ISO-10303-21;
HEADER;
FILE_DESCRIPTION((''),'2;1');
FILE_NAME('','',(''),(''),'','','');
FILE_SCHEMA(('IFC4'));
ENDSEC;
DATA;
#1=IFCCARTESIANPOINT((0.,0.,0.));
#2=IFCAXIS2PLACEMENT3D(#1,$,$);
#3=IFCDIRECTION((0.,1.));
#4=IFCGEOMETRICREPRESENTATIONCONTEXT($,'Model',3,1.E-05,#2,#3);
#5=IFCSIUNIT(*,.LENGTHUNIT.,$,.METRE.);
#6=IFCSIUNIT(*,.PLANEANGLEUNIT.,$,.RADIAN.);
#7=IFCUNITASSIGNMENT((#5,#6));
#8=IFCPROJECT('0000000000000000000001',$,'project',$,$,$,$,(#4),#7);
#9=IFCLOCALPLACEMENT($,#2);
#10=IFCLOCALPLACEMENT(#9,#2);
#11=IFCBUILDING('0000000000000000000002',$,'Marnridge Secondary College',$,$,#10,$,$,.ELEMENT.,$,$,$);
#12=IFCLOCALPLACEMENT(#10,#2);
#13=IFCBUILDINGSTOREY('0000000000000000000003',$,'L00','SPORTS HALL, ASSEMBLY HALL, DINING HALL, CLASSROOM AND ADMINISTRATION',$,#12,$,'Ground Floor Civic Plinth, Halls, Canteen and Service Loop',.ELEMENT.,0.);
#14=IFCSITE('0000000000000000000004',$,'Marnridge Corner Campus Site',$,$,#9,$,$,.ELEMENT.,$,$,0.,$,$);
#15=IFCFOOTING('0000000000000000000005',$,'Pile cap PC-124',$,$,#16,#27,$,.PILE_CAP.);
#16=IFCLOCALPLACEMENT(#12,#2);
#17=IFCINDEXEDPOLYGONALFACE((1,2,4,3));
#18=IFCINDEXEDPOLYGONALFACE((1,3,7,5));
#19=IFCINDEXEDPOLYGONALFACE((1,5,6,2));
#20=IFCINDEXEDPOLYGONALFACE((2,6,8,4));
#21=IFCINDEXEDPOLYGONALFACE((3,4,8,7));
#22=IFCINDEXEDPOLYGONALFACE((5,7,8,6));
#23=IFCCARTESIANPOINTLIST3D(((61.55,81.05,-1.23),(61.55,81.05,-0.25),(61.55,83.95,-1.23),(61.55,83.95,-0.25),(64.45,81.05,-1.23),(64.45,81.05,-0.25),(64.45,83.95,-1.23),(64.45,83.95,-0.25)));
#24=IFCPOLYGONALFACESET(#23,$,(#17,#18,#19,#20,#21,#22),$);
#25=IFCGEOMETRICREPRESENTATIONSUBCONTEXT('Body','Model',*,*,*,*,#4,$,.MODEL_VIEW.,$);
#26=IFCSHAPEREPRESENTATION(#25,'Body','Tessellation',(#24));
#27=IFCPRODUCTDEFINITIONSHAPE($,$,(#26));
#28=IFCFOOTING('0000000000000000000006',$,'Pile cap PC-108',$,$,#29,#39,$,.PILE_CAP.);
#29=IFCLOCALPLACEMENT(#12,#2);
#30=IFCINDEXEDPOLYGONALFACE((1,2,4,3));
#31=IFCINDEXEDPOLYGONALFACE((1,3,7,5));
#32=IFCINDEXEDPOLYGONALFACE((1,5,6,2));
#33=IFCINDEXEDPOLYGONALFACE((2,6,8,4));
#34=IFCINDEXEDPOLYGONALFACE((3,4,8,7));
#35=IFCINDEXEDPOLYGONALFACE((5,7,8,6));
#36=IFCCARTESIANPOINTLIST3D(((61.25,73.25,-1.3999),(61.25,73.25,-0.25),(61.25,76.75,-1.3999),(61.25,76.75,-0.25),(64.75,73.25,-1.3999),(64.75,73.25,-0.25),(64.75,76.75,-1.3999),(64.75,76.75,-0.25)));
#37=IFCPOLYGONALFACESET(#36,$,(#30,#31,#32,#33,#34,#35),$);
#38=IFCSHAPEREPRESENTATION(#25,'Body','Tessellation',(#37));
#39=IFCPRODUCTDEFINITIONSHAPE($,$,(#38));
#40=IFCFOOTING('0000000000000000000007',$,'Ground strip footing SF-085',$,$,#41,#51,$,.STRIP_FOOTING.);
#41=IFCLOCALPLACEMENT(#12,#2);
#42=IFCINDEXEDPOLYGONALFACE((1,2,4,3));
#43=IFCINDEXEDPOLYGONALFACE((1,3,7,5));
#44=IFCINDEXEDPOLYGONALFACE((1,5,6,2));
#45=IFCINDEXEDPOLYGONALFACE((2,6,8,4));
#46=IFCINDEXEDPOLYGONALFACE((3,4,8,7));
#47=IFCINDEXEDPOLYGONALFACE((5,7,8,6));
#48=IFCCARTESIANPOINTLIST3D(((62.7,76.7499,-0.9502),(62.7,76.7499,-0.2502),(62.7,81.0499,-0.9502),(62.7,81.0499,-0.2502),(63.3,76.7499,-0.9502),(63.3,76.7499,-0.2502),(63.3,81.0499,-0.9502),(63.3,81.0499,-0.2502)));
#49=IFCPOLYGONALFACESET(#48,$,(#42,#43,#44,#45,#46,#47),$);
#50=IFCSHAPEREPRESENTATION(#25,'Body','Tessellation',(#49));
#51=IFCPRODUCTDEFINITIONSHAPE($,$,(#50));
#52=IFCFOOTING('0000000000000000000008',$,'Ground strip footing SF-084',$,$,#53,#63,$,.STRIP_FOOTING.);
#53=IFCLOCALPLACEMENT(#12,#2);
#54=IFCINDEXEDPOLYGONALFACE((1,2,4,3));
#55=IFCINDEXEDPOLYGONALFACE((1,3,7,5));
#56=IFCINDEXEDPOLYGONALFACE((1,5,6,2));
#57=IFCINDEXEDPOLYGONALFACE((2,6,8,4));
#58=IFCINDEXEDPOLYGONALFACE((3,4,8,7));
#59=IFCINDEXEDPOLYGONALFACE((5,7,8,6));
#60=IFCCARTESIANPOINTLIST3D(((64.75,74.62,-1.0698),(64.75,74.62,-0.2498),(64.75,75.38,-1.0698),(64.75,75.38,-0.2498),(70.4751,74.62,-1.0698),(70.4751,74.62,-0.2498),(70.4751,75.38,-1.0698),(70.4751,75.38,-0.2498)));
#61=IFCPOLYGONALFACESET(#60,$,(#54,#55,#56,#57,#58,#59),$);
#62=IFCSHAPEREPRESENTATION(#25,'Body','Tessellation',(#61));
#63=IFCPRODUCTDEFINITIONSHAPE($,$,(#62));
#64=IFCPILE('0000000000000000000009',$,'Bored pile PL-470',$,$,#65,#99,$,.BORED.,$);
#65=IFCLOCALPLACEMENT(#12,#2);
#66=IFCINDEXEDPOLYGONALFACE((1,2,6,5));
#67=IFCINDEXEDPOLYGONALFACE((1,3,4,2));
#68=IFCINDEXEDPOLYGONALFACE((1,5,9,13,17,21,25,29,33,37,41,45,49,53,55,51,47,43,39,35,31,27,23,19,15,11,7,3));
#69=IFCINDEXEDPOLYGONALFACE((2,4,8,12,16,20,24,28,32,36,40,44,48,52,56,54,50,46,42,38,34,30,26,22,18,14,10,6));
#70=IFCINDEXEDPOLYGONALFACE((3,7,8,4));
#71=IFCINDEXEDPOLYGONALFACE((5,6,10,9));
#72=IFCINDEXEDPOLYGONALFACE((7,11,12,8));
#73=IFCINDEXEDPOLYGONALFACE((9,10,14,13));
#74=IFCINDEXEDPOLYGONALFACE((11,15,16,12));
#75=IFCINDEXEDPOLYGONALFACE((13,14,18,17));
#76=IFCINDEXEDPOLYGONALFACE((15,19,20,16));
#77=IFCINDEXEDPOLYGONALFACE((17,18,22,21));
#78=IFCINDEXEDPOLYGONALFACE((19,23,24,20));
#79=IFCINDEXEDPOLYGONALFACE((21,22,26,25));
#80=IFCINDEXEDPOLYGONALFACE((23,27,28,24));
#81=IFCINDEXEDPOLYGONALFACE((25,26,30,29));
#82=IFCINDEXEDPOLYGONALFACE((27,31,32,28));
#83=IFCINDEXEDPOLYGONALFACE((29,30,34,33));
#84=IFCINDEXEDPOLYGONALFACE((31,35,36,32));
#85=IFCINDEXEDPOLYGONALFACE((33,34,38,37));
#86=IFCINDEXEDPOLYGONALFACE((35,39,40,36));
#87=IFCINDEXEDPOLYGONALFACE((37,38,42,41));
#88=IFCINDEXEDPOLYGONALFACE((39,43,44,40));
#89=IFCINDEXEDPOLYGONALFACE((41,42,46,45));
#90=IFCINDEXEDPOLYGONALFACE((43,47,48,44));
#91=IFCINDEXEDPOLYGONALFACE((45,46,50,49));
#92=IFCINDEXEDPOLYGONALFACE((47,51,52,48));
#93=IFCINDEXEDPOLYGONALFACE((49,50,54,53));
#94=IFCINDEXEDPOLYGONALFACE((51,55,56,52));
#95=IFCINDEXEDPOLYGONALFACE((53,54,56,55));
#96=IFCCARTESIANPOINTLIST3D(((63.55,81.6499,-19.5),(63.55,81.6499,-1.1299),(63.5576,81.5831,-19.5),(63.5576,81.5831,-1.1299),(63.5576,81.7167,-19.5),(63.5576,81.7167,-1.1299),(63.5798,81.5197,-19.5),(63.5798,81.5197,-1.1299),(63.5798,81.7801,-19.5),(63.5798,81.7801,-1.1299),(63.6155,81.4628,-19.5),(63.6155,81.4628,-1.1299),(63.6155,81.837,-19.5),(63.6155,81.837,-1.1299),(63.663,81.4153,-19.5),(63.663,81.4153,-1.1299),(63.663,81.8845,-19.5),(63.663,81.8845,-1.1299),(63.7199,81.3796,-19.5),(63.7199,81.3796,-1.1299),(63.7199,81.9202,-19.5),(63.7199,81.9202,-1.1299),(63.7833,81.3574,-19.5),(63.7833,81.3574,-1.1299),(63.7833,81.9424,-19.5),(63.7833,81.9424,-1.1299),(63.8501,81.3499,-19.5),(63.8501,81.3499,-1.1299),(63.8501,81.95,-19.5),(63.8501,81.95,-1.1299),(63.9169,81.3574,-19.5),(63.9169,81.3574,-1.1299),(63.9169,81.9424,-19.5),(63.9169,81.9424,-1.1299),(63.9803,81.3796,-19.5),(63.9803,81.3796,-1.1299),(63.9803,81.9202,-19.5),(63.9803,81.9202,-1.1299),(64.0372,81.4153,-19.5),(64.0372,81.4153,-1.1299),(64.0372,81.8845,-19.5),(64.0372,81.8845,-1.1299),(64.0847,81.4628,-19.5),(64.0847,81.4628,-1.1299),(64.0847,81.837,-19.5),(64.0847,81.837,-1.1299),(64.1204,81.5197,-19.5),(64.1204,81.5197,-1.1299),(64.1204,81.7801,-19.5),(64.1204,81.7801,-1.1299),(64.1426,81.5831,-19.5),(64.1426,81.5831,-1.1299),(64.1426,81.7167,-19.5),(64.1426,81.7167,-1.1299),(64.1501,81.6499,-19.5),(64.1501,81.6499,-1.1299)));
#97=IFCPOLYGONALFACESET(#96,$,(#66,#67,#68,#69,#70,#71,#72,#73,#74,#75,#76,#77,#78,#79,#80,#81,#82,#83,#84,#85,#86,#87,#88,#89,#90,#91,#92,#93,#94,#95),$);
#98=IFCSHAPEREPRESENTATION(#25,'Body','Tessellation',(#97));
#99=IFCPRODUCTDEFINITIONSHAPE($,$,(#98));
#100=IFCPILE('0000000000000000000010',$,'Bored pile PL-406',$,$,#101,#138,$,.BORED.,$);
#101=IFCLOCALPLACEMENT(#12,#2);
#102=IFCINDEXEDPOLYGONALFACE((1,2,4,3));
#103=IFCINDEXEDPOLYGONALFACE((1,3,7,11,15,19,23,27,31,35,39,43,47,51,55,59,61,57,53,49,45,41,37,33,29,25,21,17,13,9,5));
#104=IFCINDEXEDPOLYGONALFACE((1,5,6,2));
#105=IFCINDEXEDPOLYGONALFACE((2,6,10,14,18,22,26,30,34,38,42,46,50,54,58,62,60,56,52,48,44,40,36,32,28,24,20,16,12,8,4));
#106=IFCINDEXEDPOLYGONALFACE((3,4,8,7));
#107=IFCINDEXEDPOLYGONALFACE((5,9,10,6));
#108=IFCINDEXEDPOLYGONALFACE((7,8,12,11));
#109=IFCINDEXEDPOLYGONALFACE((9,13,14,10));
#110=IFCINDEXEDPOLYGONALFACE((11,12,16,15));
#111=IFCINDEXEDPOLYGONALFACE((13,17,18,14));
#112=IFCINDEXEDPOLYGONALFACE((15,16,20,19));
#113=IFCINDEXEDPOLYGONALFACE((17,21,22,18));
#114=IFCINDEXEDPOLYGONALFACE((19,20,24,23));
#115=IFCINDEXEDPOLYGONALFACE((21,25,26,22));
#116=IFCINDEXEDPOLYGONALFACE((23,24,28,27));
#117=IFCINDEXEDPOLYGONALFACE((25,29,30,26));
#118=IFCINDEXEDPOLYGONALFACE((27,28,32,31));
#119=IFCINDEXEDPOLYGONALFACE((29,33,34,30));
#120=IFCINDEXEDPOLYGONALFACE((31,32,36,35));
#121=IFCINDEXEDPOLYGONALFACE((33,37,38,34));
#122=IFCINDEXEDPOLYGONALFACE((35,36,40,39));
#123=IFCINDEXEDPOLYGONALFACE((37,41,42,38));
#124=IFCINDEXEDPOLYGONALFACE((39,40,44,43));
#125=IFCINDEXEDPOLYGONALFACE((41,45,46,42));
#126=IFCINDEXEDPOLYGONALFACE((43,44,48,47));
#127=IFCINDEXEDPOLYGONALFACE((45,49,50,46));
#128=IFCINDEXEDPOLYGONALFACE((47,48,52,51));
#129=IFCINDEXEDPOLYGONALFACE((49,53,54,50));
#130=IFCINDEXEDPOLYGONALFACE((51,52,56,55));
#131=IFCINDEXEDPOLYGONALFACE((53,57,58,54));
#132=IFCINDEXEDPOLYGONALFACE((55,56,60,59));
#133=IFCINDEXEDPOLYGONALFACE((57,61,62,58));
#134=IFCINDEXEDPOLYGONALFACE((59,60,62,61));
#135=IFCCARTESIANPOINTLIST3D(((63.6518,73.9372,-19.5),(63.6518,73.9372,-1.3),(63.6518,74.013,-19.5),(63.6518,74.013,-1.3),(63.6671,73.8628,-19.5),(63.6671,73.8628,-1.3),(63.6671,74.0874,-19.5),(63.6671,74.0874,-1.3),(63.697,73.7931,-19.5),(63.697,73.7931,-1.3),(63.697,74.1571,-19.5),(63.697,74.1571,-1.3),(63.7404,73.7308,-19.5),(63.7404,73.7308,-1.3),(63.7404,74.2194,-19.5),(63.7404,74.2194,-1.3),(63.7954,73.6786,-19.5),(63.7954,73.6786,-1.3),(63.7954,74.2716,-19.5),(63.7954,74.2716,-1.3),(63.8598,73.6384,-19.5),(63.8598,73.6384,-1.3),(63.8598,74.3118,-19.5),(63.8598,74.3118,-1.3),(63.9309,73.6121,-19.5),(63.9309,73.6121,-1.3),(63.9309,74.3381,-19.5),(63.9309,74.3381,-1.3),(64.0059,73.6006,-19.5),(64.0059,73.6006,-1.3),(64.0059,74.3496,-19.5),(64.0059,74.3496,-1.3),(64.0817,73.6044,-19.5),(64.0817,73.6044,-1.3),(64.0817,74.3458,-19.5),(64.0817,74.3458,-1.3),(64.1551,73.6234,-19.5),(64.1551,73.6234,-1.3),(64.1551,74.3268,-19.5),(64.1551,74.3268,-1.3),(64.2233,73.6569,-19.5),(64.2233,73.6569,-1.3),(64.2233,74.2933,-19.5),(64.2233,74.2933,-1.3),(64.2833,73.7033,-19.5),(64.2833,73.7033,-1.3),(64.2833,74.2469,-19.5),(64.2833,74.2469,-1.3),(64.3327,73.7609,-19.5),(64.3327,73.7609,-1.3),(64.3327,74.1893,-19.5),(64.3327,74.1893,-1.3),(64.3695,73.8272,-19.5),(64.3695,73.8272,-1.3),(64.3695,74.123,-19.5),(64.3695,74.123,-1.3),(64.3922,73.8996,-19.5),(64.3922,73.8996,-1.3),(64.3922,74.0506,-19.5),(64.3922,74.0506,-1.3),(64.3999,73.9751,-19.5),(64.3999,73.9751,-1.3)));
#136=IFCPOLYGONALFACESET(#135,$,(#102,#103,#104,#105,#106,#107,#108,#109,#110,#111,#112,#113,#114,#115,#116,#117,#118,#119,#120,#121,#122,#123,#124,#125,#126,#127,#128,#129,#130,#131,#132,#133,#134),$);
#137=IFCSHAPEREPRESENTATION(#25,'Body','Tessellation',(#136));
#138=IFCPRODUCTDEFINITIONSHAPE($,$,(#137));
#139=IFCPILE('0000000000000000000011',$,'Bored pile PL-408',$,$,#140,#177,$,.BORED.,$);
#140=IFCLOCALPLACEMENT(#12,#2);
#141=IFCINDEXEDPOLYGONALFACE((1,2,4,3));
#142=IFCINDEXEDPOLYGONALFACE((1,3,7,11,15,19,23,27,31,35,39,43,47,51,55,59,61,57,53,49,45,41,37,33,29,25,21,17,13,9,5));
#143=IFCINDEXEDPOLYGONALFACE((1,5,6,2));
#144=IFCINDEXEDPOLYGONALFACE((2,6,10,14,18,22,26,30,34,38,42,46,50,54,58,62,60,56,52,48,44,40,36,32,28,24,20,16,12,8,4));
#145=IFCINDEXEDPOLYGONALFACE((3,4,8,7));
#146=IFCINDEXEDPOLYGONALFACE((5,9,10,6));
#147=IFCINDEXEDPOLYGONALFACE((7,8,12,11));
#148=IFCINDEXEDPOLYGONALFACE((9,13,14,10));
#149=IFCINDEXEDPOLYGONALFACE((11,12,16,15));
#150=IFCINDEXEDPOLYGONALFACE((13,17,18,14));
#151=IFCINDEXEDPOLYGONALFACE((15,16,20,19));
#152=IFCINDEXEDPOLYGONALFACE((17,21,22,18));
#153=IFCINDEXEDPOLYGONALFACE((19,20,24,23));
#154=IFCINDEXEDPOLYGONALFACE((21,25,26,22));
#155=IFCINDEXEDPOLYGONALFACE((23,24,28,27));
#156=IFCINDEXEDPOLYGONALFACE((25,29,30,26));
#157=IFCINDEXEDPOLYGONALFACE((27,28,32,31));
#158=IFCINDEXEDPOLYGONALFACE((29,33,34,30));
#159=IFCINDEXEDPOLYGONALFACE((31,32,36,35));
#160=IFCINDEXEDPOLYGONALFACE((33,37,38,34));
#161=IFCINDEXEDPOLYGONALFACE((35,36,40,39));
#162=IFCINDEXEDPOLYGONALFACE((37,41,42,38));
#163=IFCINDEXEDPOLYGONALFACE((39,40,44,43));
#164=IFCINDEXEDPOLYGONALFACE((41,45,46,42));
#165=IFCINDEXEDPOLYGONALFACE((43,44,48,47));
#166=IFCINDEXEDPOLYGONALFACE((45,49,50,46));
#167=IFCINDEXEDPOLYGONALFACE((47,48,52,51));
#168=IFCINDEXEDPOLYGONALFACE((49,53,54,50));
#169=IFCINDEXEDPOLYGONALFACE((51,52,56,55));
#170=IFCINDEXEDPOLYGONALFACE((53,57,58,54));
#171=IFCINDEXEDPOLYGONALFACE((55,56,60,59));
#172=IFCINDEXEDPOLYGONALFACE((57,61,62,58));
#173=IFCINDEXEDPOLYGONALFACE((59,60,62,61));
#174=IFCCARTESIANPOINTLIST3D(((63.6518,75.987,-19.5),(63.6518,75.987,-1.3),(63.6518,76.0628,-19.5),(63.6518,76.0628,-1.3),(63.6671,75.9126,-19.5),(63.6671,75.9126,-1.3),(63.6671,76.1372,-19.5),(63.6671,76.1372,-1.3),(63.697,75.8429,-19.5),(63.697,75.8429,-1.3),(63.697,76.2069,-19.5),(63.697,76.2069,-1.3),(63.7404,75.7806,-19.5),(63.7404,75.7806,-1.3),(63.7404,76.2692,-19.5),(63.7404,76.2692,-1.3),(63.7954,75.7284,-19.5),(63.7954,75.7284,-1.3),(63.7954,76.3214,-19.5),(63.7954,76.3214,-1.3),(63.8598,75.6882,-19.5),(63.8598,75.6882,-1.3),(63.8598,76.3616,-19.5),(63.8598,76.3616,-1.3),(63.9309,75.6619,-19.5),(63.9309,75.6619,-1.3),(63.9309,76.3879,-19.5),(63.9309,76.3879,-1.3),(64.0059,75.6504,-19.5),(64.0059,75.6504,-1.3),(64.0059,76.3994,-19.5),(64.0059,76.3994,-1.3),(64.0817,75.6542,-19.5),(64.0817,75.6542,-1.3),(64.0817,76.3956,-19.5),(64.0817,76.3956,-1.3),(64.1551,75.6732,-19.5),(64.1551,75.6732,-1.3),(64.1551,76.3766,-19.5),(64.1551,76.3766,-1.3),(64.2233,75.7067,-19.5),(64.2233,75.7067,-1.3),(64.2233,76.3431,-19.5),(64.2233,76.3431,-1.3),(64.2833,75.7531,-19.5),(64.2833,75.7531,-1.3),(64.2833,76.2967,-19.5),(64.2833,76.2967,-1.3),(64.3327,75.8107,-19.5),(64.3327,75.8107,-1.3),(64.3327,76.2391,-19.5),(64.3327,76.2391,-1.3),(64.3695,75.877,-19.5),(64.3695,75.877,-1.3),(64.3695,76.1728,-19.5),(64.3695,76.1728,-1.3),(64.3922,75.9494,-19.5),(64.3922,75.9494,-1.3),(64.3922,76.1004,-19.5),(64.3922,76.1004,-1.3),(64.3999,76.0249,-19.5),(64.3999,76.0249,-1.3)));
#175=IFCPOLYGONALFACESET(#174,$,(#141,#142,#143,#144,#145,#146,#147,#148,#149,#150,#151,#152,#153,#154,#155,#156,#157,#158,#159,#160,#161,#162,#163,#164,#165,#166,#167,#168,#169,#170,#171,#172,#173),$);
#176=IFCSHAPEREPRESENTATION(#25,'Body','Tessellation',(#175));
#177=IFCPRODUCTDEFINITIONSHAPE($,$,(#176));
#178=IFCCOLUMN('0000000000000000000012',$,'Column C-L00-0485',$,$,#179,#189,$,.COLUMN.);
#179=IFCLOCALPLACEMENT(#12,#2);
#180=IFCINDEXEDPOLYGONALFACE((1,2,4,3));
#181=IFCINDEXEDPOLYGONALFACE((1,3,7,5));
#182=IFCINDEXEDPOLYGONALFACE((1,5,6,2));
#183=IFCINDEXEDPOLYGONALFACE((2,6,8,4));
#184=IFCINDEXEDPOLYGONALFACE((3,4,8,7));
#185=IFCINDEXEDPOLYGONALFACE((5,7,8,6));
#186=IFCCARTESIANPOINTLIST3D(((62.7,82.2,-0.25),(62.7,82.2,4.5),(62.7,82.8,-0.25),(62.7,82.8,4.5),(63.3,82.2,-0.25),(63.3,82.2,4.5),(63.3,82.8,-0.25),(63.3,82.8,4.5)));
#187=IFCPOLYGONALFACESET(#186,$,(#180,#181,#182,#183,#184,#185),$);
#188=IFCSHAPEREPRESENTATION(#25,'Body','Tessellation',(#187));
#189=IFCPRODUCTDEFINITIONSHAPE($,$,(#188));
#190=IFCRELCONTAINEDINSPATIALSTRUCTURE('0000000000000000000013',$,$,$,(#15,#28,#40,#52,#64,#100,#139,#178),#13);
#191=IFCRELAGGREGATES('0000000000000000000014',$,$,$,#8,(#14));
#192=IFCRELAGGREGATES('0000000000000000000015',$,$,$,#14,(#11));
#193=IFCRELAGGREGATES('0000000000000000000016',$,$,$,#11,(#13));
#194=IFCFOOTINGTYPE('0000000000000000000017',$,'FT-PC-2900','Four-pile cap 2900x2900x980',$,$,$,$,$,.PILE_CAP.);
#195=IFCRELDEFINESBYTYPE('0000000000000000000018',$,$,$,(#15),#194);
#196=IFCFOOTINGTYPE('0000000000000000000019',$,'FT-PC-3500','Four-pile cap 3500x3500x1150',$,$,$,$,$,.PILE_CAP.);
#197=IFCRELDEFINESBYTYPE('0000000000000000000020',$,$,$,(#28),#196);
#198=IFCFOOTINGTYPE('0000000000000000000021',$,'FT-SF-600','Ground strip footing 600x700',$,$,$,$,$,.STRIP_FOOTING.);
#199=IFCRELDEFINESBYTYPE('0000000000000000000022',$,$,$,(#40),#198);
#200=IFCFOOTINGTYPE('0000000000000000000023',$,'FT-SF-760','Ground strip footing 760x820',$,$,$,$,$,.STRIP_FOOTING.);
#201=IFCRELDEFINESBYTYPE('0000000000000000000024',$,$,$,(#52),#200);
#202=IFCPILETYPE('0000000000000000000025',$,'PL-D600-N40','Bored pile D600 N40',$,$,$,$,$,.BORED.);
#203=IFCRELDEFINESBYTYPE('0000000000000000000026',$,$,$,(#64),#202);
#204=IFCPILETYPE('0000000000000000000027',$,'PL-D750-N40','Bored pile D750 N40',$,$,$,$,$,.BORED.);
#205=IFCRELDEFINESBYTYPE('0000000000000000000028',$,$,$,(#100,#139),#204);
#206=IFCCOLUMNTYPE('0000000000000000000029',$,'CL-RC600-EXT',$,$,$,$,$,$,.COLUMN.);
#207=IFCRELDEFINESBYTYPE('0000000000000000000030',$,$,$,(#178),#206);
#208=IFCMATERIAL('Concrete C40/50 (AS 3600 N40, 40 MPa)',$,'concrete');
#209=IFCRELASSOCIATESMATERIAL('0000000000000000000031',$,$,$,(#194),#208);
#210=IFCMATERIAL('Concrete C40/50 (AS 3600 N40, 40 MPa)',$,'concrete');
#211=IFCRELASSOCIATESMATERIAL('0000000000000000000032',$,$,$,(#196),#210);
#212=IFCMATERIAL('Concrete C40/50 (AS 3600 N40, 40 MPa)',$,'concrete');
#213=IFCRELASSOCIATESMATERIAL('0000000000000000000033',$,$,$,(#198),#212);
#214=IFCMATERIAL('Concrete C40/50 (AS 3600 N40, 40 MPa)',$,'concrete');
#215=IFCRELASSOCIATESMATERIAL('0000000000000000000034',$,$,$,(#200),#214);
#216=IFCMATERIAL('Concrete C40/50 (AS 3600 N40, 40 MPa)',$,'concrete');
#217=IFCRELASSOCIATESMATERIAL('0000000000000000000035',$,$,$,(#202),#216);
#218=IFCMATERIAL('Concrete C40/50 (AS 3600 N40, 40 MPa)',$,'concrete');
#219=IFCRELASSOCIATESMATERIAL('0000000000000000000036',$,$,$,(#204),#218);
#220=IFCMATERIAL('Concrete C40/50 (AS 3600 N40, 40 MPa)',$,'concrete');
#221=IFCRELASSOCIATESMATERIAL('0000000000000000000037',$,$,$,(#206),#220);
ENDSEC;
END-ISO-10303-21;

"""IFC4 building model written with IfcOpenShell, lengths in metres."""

from ifc_helpers import new_model, si_unit, direction, frame, origin, origin_2d, place, context, subcontext, project, spatial, rectangle, circle, extrude, material, material_profile, profile_set, type_object, element, save


model = new_model("IFC4")

# Units and contexts
model_context = context("Model", 3, precision=1e-05, world=origin(), true_north=direction((0.0, 1.0)))
body_context = subcontext(model_context, "Body", "Model", "MODEL_VIEW")
ifc_project = project(units=[si_unit("LENGTHUNIT", "METRE"), si_unit("PLANEANGLEUNIT", "RADIAN")], contexts=[model_context])

# Site, building, storey
site_placement = place(None, origin())
site = spatial("IfcSite", under=ifc_project, at=site_placement, Name="Marnridge Corner Campus Site", CompositionType="ELEMENT", RefElevation=0.0)
building_placement = place(site_placement, origin())
building = spatial("IfcBuilding", under=site, at=building_placement, Name="Marnridge Secondary College", CompositionType="ELEMENT")
storey_placement = place(building_placement, origin())
storey = spatial("IfcBuildingStorey", under=building, at=storey_placement, Name="L00", Description="SPORTS HALL, ASSEMBLY HALL, DINING HALL, CLASSROOM AND ADMINISTRATION", LongName="Ground Floor Civic Plinth, Halls, Canteen and Service Loop", CompositionType="ELEMENT", Elevation=0.0)

# Footings
ifc_material_1 = material(Name="Concrete C40/50 (AS 3600 N40, 40 MPa)", Category="concrete")
footing_type_1 = type_object("IfcFootingType", Name="FT-PC-2900", Description="Four-pile cap 2900x2900x980", PredefinedType="PILE_CAP", material=ifc_material_1)
footing_1_placement = place(storey_placement, frame((63.0, 82.5, -1.23), z_axis=(0.0, 0.0, 1.0), x_axis=(1.0, 0.0, 0.0)))
element("IfcFooting", 1, at=footing_1_placement, inside=storey, type_object=footing_type_1, Name="Pile cap PC-124", PredefinedType="PILE_CAP", context=body_context, shape_type="SweptSolid", body=[
    extrude(rectangle(XDim=2.8999, YDim=2.8999, at=origin_2d()), origin(), (0.0, 0.0, 1.0), 0.98),
])
ifc_material_2 = material(Name="Concrete C40/50 (AS 3600 N40, 40 MPa)", Category="concrete")
footing_type_2 = type_object("IfcFootingType", Name="FT-PC-3500", Description="Four-pile cap 3500x3500x1150", PredefinedType="PILE_CAP", material=ifc_material_2)
footing_2_placement = place(storey_placement, frame((63.0, 75.0, -1.3999), z_axis=(0.0, 0.0, 1.0), x_axis=(1.0, 0.0, 0.0)))
element("IfcFooting", 2, at=footing_2_placement, inside=storey, type_object=footing_type_2, Name="Pile cap PC-108", PredefinedType="PILE_CAP", context=body_context, shape_type="SweptSolid", body=[
    extrude(rectangle(XDim=3.5, YDim=3.5, at=origin_2d()), origin(), (0.0, 0.0, 1.0), 1.1499),
])
ifc_material_3 = material(Name="Concrete C40/50 (AS 3600 N40, 40 MPa)", Category="concrete")
footing_type_3 = type_object("IfcFootingType", Name="FT-SF-600", Description="Ground strip footing 600x700", PredefinedType="STRIP_FOOTING", material=ifc_material_3)
footing_3_placement = place(storey_placement, frame((63.0, 78.8999, -0.9502), z_axis=(0.0, 0.0, 1.0), x_axis=(1.0, 0.0, 0.0)))
element("IfcFooting", 3, at=footing_3_placement, inside=storey, type_object=footing_type_3, Name="Ground strip footing SF-085", PredefinedType="STRIP_FOOTING", context=body_context, shape_type="SweptSolid", body=[
    extrude(rectangle(XDim=0.6001, YDim=4.3, at=origin_2d()), origin(), (0.0, 0.0, 1.0), 0.7),
])
ifc_material_4 = material(Name="Concrete C40/50 (AS 3600 N40, 40 MPa)", Category="concrete")
footing_type_4 = type_object("IfcFootingType", Name="FT-SF-760", Description="Ground strip footing 760x820", PredefinedType="STRIP_FOOTING", material=ifc_material_4)
footing_4_placement = place(storey_placement, frame((67.6125, 75.0, -1.0698), z_axis=(0.0, 0.0, 1.0), x_axis=(1.0, 0.0, 0.0)))
element("IfcFooting", 4, at=footing_4_placement, inside=storey, type_object=footing_type_4, Name="Ground strip footing SF-084", PredefinedType="STRIP_FOOTING", context=body_context, shape_type="SweptSolid", body=[
    extrude(rectangle(XDim=5.7251, YDim=0.76, at=origin_2d()), origin(), (0.0, 0.0, 1.0), 0.8201),
])

# Piles
ifc_material_5 = material(Name="Concrete C40/50 (AS 3600 N40, 40 MPa)", Category="concrete")
ifc_material_profile_1 = material_profile(ifc_material_5, circle(Radius=0.3, at=origin_2d()), Name="PILE D600")
ifc_profile_set_1 = profile_set([ifc_material_profile_1], Name="Concrete C40/50 (AS 3600 N40, 40 MPa)")
pile_type_1 = type_object("IfcPileType", Name="PL-D600-N40", Description="Bored pile D600 N40", PredefinedType="BORED", material=ifc_profile_set_1)
pile_placement = place(storey_placement, frame((63.8501, 81.6499, -1.1299), z_axis=(0.0, 0.0, -1.0), x_axis=(1.0, 0.0, 0.0)))
element("IfcPile", 5, at=pile_placement, inside=storey, type_object=pile_type_1, Name="Bored pile PL-470", PredefinedType="BORED", context=body_context, shape_type="SweptSolid", body=[
    extrude(circle(Radius=0.3, at=origin_2d()), origin(), (0.0, 0.0, 1.0), 18.3701),
])
ifc_material_6 = material(Name="Concrete C40/50 (AS 3600 N40, 40 MPa)", Category="concrete")
ifc_material_profile_2 = material_profile(ifc_material_6, circle(Radius=0.375, at=origin_2d()), Name="PILE D750")
ifc_profile_set_2 = profile_set([ifc_material_profile_2], Name="Concrete C40/50 (AS 3600 N40, 40 MPa)")
pile_type_2 = type_object("IfcPileType", Name="PL-D750-N40", Description="Bored pile D750 N40", PredefinedType="BORED", material=ifc_profile_set_2)
for number, where, z_axis, x_axis, name in (
    (6, (64.0249, 73.9751, -1.3), (0.0, 0.0, -1.0), (1.0, 0.0, 0.0), "Bored pile PL-406"),
    (7, (64.0249, 76.0249, -1.3), (0.0, 0.0, -1.0), (1.0, 0.0, 0.0), "Bored pile PL-408"),
):
    element("IfcPile", number, at=place(storey_placement, frame(where, z_axis=z_axis, x_axis=x_axis)), inside=storey, type_object=pile_type_2, Name=name, PredefinedType="BORED", context=body_context, shape_type="SweptSolid", body=[
        extrude(circle(Radius=0.375, at=origin_2d()), origin(), (0.0, 0.0, 1.0), 18.2),
    ])

# Column
ifc_material_7 = material(Name="Concrete C40/50 (AS 3600 N40, 40 MPa)", Category="concrete")
ifc_material_profile_3 = material_profile(ifc_material_7, rectangle(XDim=0.6001, YDim=0.6001, at=origin_2d()), Name="RC 600x600")
ifc_profile_set_3 = profile_set([ifc_material_profile_3], Name="Concrete C40/50 (AS 3600 N40, 40 MPa)")
column_type_1 = type_object("IfcColumnType", Name="CL-RC600-EXT", PredefinedType="COLUMN", material=ifc_profile_set_3)
column_1_placement = place(storey_placement, frame((63.0, 82.5, -0.25), z_axis=(0.0, 0.0, 1.0), x_axis=(1.0, 0.0, 0.0)))
element("IfcColumn", 8, at=column_1_placement, inside=storey, type_object=column_type_1, Name="Column C-L00-0485", PredefinedType="COLUMN", context=body_context, shape_type="SweptSolid", body=[
    extrude(rectangle(XDim=0.6001, YDim=0.6001, at=origin_2d()), origin(), (0.0, 0.0, 1.0), 4.75),
])

save(model, "model.ifc")
